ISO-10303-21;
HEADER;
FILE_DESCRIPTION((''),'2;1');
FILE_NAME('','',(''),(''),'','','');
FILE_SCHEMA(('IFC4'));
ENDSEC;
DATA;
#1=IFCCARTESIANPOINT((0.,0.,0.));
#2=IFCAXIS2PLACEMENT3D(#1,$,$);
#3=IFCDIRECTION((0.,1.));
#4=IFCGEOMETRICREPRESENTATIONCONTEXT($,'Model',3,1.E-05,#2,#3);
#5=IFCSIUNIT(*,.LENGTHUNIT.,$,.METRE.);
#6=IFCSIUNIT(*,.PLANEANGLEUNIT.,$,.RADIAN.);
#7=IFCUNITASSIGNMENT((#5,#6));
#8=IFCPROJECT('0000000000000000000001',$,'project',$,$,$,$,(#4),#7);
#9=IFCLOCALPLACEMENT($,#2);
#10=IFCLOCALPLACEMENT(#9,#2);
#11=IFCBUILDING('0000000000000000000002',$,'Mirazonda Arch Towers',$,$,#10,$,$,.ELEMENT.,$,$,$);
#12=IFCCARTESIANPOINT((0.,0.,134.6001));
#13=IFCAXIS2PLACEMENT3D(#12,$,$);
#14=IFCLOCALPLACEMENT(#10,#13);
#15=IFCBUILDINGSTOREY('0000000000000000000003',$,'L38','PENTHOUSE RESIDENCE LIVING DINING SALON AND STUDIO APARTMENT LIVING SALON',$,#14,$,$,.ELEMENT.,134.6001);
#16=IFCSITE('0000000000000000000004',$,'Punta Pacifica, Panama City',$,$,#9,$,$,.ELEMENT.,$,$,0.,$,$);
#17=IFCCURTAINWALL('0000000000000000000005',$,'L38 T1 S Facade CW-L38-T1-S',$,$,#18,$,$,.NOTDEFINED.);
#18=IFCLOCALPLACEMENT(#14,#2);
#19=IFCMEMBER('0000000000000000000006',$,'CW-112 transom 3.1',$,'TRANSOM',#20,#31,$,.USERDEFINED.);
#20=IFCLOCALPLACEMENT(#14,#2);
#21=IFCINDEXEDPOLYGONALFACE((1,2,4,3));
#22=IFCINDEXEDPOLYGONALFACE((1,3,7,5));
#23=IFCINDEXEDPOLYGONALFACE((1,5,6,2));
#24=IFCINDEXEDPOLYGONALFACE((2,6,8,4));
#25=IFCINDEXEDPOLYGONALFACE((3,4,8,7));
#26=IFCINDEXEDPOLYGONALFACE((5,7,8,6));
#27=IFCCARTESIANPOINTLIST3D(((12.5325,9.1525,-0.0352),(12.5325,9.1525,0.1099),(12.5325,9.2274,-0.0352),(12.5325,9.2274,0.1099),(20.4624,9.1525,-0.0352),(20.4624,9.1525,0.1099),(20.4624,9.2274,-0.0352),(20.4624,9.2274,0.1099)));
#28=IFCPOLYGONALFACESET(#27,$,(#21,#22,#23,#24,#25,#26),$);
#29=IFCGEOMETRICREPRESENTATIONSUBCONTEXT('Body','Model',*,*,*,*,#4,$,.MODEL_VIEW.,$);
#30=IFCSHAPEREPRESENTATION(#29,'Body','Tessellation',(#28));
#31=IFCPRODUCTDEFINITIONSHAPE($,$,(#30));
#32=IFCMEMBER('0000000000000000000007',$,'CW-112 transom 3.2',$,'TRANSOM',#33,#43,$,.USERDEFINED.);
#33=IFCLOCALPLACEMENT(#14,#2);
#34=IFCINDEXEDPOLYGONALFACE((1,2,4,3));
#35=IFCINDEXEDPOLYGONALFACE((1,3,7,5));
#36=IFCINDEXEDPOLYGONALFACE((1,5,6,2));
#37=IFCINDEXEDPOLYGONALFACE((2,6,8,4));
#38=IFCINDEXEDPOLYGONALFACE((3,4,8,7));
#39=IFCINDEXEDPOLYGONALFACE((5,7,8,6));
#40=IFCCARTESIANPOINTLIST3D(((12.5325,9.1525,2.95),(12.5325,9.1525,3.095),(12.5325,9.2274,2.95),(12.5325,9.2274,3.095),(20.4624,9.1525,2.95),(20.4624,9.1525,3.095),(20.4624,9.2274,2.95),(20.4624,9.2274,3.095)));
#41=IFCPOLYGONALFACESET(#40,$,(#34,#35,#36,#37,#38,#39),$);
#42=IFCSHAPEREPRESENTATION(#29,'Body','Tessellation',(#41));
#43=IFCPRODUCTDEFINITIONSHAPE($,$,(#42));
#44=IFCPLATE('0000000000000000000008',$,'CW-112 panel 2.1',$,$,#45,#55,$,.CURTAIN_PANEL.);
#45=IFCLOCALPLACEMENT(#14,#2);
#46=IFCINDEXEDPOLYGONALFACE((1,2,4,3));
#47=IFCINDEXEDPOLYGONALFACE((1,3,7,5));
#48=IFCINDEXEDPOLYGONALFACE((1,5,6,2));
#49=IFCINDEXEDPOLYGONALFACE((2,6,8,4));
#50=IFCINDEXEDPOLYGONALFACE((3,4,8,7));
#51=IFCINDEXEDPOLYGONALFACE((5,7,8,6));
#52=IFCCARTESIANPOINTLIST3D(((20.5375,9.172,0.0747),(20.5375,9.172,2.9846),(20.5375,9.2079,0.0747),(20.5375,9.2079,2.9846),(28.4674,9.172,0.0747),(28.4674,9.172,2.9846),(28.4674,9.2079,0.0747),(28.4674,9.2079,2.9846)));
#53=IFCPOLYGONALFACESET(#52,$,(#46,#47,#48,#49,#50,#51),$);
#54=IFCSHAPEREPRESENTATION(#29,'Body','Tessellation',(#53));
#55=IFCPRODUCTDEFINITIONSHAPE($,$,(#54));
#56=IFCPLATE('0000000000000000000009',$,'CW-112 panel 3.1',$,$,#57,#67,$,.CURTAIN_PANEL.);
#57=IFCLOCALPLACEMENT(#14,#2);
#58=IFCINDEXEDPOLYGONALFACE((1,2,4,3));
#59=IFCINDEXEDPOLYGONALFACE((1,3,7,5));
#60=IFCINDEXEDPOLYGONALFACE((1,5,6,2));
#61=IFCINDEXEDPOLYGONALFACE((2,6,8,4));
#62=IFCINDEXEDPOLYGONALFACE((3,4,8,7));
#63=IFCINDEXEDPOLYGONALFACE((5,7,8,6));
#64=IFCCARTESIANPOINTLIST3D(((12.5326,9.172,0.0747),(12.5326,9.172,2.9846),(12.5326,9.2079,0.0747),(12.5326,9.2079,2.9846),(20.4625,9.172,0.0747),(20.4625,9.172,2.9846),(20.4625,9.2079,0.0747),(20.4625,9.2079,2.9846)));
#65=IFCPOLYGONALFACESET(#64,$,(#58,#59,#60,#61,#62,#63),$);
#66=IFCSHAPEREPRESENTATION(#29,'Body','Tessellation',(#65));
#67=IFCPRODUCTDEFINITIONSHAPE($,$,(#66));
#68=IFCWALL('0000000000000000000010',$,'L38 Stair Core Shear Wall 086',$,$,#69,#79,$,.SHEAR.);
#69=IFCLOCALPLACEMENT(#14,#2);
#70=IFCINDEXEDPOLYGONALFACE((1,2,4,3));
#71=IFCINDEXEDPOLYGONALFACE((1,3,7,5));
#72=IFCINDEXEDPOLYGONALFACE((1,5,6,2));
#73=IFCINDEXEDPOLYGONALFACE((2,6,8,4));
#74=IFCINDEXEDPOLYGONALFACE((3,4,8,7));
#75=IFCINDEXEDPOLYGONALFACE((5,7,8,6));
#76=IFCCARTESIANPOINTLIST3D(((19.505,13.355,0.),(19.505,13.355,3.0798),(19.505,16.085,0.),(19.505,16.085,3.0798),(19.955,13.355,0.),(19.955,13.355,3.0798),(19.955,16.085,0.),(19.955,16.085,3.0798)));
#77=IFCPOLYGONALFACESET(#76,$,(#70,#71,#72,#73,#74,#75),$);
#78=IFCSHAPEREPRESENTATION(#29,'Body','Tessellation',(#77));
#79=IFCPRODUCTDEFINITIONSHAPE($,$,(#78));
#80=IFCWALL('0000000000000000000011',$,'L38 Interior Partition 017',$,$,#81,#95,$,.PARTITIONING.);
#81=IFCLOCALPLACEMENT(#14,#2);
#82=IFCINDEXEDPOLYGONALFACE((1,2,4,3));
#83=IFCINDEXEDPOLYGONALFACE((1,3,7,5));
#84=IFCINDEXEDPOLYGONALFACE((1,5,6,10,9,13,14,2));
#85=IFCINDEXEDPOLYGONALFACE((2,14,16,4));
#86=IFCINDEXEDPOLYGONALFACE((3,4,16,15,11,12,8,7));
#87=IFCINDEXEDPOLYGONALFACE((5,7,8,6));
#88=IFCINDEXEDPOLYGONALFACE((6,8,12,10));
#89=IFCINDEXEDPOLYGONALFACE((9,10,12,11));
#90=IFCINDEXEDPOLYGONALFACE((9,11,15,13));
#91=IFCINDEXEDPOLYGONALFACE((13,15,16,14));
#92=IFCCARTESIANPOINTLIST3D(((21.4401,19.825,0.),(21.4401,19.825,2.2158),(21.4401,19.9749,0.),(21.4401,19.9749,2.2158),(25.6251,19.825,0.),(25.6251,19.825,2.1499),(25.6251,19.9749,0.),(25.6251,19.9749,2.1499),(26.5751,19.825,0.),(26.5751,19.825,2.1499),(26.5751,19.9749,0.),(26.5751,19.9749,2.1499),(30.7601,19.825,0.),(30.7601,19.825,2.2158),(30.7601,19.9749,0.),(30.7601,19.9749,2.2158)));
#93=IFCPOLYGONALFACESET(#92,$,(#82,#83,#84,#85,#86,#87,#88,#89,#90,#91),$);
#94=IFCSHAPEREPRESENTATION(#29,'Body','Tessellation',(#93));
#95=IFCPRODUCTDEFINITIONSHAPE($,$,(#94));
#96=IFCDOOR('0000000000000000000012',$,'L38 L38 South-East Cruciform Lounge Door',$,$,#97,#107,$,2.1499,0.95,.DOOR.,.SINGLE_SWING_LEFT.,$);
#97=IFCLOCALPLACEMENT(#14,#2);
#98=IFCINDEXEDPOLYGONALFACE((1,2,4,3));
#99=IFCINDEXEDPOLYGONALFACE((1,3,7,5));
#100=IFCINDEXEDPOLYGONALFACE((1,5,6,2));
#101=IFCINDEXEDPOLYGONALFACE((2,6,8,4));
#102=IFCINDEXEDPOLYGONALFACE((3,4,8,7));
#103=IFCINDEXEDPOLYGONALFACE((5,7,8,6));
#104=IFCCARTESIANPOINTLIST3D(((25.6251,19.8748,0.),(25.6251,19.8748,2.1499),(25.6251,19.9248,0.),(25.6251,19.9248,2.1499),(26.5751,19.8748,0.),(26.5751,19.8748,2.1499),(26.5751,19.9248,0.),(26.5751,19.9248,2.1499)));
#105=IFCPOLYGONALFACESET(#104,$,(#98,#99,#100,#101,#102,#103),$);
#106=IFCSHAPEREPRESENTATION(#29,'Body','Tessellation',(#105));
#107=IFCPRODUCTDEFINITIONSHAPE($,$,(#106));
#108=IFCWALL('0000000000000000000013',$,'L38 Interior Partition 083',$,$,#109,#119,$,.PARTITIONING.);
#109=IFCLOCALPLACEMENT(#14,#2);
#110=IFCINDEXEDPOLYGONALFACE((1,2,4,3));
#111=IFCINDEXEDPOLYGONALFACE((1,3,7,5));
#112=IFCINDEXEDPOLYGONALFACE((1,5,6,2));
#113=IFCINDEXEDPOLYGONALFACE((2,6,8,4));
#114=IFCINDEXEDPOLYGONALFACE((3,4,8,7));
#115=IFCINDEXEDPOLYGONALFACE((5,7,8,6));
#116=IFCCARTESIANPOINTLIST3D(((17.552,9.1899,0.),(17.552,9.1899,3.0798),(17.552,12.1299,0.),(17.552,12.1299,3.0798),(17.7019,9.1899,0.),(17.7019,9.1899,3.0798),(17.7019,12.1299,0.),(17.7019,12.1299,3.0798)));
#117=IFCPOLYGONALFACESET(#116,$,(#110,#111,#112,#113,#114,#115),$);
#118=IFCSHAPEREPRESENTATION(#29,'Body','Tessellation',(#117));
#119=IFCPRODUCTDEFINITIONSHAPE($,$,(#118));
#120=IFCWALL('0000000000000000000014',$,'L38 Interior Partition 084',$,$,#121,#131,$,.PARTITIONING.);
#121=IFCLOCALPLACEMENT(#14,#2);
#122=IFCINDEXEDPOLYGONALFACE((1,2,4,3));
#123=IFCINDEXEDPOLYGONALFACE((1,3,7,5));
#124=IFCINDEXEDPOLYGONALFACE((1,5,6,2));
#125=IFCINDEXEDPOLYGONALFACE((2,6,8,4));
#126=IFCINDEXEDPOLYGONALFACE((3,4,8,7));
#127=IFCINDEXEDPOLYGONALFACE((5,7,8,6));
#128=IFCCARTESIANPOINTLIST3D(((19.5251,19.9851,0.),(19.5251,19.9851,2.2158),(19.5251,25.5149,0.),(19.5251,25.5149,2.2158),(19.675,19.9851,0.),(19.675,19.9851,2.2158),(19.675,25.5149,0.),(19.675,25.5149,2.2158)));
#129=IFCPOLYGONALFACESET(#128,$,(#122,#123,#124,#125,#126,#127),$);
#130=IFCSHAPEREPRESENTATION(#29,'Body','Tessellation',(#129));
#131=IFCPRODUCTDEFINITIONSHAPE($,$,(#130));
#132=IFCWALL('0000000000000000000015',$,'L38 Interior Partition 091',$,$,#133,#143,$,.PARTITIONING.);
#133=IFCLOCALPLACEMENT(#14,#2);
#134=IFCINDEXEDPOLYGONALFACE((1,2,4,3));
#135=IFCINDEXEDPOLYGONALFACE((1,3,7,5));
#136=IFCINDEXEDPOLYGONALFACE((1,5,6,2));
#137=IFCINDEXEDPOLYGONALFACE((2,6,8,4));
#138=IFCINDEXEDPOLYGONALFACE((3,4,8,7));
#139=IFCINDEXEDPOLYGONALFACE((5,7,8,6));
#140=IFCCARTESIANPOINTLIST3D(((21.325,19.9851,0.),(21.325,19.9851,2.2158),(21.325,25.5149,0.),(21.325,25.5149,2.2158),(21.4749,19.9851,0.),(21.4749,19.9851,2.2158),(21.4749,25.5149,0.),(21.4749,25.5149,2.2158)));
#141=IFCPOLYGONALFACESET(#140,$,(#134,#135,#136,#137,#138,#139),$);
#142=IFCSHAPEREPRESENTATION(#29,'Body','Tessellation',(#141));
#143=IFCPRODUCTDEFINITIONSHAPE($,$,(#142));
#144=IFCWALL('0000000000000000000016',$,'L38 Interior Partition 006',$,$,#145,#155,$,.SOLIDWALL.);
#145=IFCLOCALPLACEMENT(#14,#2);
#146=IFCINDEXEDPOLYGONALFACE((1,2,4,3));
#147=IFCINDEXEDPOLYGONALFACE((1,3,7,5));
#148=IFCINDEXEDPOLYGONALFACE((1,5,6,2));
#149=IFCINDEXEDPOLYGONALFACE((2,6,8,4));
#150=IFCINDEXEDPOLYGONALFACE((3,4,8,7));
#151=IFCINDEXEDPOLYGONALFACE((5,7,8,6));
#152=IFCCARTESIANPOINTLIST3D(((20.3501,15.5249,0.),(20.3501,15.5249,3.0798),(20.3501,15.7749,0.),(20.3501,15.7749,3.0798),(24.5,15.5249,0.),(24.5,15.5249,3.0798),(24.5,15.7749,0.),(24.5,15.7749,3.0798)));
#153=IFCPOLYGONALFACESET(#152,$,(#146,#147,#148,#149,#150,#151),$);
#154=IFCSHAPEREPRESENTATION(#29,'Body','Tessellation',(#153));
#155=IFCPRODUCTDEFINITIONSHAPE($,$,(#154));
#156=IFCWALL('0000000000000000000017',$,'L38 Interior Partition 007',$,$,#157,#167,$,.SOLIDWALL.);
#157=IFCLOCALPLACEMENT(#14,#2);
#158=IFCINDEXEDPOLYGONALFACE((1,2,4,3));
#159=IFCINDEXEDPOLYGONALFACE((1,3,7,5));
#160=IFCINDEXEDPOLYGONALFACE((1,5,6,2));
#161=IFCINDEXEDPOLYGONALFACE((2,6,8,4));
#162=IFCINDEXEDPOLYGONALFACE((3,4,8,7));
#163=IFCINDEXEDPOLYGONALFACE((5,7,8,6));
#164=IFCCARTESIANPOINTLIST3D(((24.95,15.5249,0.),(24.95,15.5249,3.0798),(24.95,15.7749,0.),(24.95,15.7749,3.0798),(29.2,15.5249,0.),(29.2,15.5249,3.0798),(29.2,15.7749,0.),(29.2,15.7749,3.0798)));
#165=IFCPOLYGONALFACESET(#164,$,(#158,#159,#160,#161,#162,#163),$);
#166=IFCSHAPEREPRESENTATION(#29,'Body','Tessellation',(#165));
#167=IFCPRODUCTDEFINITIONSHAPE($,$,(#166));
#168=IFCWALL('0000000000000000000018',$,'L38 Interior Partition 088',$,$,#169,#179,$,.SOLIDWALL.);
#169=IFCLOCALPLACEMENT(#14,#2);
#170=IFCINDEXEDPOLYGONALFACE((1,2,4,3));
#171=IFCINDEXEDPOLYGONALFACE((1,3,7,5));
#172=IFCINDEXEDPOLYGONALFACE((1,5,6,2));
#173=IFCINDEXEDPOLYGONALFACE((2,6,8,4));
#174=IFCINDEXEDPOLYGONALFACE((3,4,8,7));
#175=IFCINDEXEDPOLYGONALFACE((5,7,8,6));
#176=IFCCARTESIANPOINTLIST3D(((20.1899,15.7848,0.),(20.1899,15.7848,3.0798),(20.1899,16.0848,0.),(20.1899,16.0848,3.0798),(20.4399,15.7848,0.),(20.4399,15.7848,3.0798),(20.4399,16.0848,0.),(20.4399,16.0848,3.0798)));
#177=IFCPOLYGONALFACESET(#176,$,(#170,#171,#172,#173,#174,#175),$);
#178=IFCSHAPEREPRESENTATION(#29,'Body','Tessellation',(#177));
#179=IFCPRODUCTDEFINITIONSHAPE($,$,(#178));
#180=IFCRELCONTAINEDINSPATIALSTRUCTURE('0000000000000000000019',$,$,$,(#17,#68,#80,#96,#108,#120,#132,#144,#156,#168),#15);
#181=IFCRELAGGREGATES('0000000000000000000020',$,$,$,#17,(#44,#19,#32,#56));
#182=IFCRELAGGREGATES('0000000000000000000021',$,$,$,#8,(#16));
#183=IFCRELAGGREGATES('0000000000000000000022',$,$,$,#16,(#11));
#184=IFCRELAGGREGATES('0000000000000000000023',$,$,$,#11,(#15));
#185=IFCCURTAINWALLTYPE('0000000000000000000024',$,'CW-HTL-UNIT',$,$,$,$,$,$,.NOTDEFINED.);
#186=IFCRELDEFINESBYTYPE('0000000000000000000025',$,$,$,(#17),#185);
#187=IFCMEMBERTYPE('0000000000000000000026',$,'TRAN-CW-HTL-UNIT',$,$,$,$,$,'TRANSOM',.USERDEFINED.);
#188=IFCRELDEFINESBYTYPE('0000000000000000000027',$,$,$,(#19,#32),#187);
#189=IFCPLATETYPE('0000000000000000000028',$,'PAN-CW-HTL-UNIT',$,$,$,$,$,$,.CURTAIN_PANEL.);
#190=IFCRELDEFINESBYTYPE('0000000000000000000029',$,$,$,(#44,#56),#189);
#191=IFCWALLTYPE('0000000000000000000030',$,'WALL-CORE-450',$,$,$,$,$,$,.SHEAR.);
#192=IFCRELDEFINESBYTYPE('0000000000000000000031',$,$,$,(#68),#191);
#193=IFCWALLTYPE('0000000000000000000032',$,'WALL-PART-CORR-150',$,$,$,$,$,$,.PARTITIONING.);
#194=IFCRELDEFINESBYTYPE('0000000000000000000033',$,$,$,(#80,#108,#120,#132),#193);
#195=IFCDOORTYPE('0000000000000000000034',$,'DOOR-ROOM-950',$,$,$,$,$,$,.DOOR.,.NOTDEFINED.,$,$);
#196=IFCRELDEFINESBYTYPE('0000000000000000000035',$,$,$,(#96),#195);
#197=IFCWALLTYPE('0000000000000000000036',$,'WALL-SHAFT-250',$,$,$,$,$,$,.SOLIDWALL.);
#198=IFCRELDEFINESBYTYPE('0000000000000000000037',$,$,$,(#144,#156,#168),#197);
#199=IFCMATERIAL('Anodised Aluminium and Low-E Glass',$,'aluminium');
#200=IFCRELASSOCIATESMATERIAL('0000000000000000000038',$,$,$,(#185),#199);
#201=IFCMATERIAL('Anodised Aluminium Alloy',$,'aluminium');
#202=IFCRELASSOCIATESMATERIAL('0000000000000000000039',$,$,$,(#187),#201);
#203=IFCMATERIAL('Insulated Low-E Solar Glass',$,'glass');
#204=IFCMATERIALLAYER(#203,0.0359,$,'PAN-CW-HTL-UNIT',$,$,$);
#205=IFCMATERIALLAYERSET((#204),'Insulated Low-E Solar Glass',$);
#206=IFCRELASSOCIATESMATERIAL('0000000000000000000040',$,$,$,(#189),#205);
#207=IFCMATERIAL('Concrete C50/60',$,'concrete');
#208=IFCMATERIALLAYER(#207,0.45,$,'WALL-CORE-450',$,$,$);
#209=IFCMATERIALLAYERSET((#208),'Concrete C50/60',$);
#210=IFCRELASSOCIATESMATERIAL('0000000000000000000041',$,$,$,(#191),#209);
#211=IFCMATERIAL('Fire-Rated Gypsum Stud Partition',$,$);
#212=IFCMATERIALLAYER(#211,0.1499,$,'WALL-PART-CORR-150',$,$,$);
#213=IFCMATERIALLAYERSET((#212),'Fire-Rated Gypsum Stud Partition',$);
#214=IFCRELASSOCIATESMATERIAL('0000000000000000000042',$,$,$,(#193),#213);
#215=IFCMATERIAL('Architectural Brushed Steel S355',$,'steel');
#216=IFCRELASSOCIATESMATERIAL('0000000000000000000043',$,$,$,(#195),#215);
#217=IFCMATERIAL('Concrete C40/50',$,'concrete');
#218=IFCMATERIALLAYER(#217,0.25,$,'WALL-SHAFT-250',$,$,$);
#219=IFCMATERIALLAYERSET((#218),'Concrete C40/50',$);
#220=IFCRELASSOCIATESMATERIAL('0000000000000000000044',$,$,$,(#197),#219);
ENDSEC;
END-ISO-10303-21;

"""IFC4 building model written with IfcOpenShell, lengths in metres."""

from ifc_helpers import new_model, si_unit, direction, frame, frame_2d, origin, origin_2d, place, context, subcontext, project, spatial, rectangle, extrude, material, layer, layer_set, material_profile, profile_set, type_object, element, fill, aggregate, save


model = new_model("IFC4")

# Units and contexts
model_context = context("Model", 3, precision=1e-05, world=origin(), true_north=direction((0.0, 1.0)))
body_context = subcontext(model_context, "Body", "Model", "MODEL_VIEW")
ifc_project = project(units=[si_unit("LENGTHUNIT", "METRE"), si_unit("PLANEANGLEUNIT", "RADIAN")], contexts=[model_context])

# Site, building, storey
site_placement = place(None, origin())
site = spatial("IfcSite", under=ifc_project, at=site_placement, Name="Punta Pacifica, Panama City", CompositionType="ELEMENT", RefElevation=0.0)
building_placement = place(site_placement, origin())
building = spatial("IfcBuilding", under=site, at=building_placement, Name="Mirazonda Arch Towers", CompositionType="ELEMENT")
storey_placement = place(building_placement, frame((0.0, 0.0, 134.6001)))
storey = spatial("IfcBuildingStorey", under=building, at=storey_placement, Name="L38", Description="PENTHOUSE RESIDENCE LIVING DINING SALON AND STUDIO APARTMENT LIVING SALON", CompositionType="ELEMENT", Elevation=134.6001)

# Shared definitions
ifc_material_1 = material(Name="Concrete C50/60", Category="concrete")

# Curtain wall, members, plates
ifc_material_2 = material(Name="Anodised Aluminium and Low-E Glass", Category="aluminium")
curtain_wall_type = type_object("IfcCurtainWallType", Name="CW-HTL-UNIT", PredefinedType="NOTDEFINED", material=ifc_material_2)
curtain_wall_placement = place(storey_placement, origin())
curtain_wall = element("IfcCurtainWall", 1, at=curtain_wall_placement, inside=storey, type_object=curtain_wall_type, Name="L38 T1 S Facade CW-L38-T1-S", PredefinedType="NOTDEFINED")
ifc_material_3 = material(Name="Anodised Aluminium Alloy", Category="aluminium")
ifc_material_profile_1 = material_profile(ifc_material_3, rectangle(XDim=0.075, YDim=0.145, at=origin_2d()), Name="ALU-TRAN-75x145")
ifc_profile_set_1 = profile_set([ifc_material_profile_1], Name="Anodised Aluminium Alloy")
member_type_1 = type_object("IfcMemberType", Name="TRAN-CW-HTL-UNIT", ElementType="TRANSOM", PredefinedType="USERDEFINED", material=ifc_profile_set_1)
member_1_placement = place(storey_placement, frame((20.4624, 9.1899, 0.0374), z_axis=(-1.0, 0.0, 0.0), x_axis=(0.0, -1.0, 0.0)))
member_1 = element("IfcMember", 2, at=member_1_placement, type_object=member_type_1, Name="CW-112 transom 3.1", ObjectType="TRANSOM", PredefinedType="USERDEFINED", context=body_context, shape_type="SweptSolid", body=[
    extrude(rectangle(XDim=0.075, YDim=0.145, at=origin_2d()), origin(), (0.0, 0.0, 1.0), 7.9299),
])
member_2_placement = place(storey_placement, frame((20.4624, 9.1899, 3.0225), z_axis=(-1.0, 0.0, 0.0), x_axis=(0.0, -1.0, 0.0)))
member_2 = element("IfcMember", 3, at=member_2_placement, type_object=member_type_1, Name="CW-112 transom 3.2", ObjectType="TRANSOM", PredefinedType="USERDEFINED", context=body_context, shape_type="SweptSolid", body=[
    extrude(rectangle(XDim=0.075, YDim=0.145, at=origin_2d()), origin(), (0.0, 0.0, 1.0), 7.9299),
])
ifc_material_4 = material(Name="Insulated Low-E Solar Glass", Category="glass")
ifc_layer_1 = layer(ifc_material_4, 0.0359, Name="PAN-CW-HTL-UNIT")
ifc_layer_set_1 = layer_set([ifc_layer_1], Name="Insulated Low-E Solar Glass")
plate_type = type_object("IfcPlateType", Name="PAN-CW-HTL-UNIT", PredefinedType="CURTAIN_PANEL", material=ifc_layer_set_1)
plate_1_placement = place(storey_placement, frame((24.5024, 9.1899, 0.0747), z_axis=(0.0, 0.0, 1.0), x_axis=(-1.0, 0.0, 0.0)))
plate_1 = element("IfcPlate", 4, at=plate_1_placement, type_object=plate_type, Name="CW-112 panel 2.1", PredefinedType="CURTAIN_PANEL", context=body_context, shape_type="SweptSolid", body=[
    extrude(rectangle(XDim=7.9299, YDim=0.0359, at=origin_2d()), origin(), (0.0, 0.0, 1.0), 2.9099),
])
plate_2_placement = place(storey_placement, frame((16.4976, 9.1899, 0.0747), z_axis=(0.0, 0.0, 1.0), x_axis=(-1.0, 0.0, 0.0)))
plate_2 = element("IfcPlate", 5, at=plate_2_placement, type_object=plate_type, Name="CW-112 panel 3.1", PredefinedType="CURTAIN_PANEL", context=body_context, shape_type="SweptSolid", body=[
    extrude(rectangle(XDim=7.9299, YDim=0.0359, at=origin_2d()), origin(), (0.0, 0.0, 1.0), 2.9099),
])
aggregate(curtain_wall, [plate_1, member_1, member_2, plate_2])

# Wall
ifc_layer_2 = layer(ifc_material_1, 0.45, Name="WALL-CORE-450")
ifc_layer_set_2 = layer_set([ifc_layer_2], Name="Concrete C50/60")
wall_type_1 = type_object("IfcWallType", Name="WALL-CORE-450", PredefinedType="SHEAR", material=ifc_layer_set_2)
wall_1_placement = place(storey_placement, frame((19.73, 13.355, 0.0), z_axis=(0.0, 0.0, 1.0), x_axis=(0.0, 1.0, 0.0)))
element("IfcWall", 6, at=wall_1_placement, inside=storey, type_object=wall_type_1, Name="L38 Stair Core Shear Wall 086", PredefinedType="SHEAR", context=body_context, shape_type="SweptSolid", body=[
    extrude(rectangle(XDim=2.73, YDim=0.45, at=frame_2d((1.365, 0.0))), origin(), (0.0, 0.0, 1.0), 3.0798),
])

# Wall, opening, door
ifc_material_5 = material(Name="Fire-Rated Gypsum Stud Partition")
ifc_layer_3 = layer(ifc_material_5, 0.1499, Name="WALL-PART-CORR-150")
ifc_layer_set_3 = layer_set([ifc_layer_3], Name="Fire-Rated Gypsum Stud Partition")
wall_type_2 = type_object("IfcWallType", Name="WALL-PART-CORR-150", PredefinedType="PARTITIONING", material=ifc_layer_set_3)
wall_2_placement = place(storey_placement, frame((21.4399, 19.8999, 0.0), z_axis=(0.0, 0.0, 1.0), x_axis=(1.0, 0.0, 0.0)))
wall_2 = element("IfcWall", 7, at=wall_2_placement, inside=storey, type_object=wall_type_2, Name="L38 Interior Partition 017", PredefinedType="PARTITIONING", context=body_context, shape_type="SweptSolid", body=[
    extrude(rectangle(XDim=9.3201, YDim=0.1499, at=frame_2d((4.6602, 0.0))), origin(), (0.0, 0.0, 1.0), 2.2158),
])
opening_placement = place(wall_2_placement, frame((4.1851, 0.0, 0.0)))
opening = element("IfcOpeningElement", 8, at=opening_placement, cuts=wall_2, PredefinedType="OPENING", context=body_context, shape_type="SweptSolid", body=[
    extrude(rectangle(XDim=0.95, YDim=2.1499, at=frame_2d((0.4751, 1.075))), frame((0.0, 0.085, 0.0), z_axis=(0.0, -1.0, 0.0), x_axis=(1.0, 0.0, 0.0)), (0.0, 0.0, 1.0), 0.1699),
])
ifc_material_6 = material(Name="Architectural Brushed Steel S355", Category="steel")
door_type = type_object("IfcDoorType", Name="DOOR-ROOM-950", OperationType="NOTDEFINED", PredefinedType="DOOR", material=ifc_material_6)
door_placement = place(opening_placement, origin())
door = element("IfcDoor", 9, at=door_placement, inside=storey, type_object=door_type, Name="L38 L38 South-East Cruciform Lounge Door", OperationType="SINGLE_SWING_LEFT", OverallHeight=2.1499, OverallWidth=0.95, PredefinedType="DOOR", context=body_context, shape_type="SweptSolid", body=[
    extrude(rectangle(XDim=0.95, YDim=2.1499, at=frame_2d((0.4751, 1.075))), frame((0.0, 0.0249, 0.0), z_axis=(0.0, -1.0, 0.0), x_axis=(1.0, 0.0, 0.0)), (0.0, 0.0, 1.0), 0.05),
])
fill(opening, door)

# Walls
wall_3_placement = place(storey_placement, frame((17.627, 9.1899, 0.0), z_axis=(0.0, 0.0, 1.0), x_axis=(0.0, 1.0, 0.0)))
element("IfcWall", 10, at=wall_3_placement, inside=storey, type_object=wall_type_2, Name="L38 Interior Partition 083", PredefinedType="PARTITIONING", context=body_context, shape_type="SweptSolid", body=[
    extrude(rectangle(XDim=2.9399, YDim=0.1499, at=frame_2d((1.47, 0.0))), origin(), (0.0, 0.0, 1.0), 3.0798),
])
for number, where, z_axis, x_axis, name in (
    (11, (19.6001, 19.9851, 0.0), (0.0, 0.0, 1.0), (0.0, 1.0, 0.0), "L38 Interior Partition 084"),
    (12, (21.3999, 19.9851, 0.0), (0.0, 0.0, 1.0), (0.0, 1.0, 0.0), "L38 Interior Partition 091"),
):
    element("IfcWall", number, at=place(storey_placement, frame(where, z_axis=z_axis, x_axis=x_axis)), inside=storey, type_object=wall_type_2, Name=name, PredefinedType="PARTITIONING", context=body_context, shape_type="SweptSolid", body=[
        extrude(rectangle(XDim=5.5298, YDim=0.1499, at=frame_2d((2.7649, 0.0))), origin(), (0.0, 0.0, 1.0), 2.2158),
    ])
ifc_material_7 = material(Name="Concrete C40/50", Category="concrete")
ifc_layer_4 = layer(ifc_material_7, 0.25, Name="WALL-SHAFT-250")
ifc_layer_set_4 = layer_set([ifc_layer_4], Name="Concrete C40/50")
wall_type_3 = type_object("IfcWallType", Name="WALL-SHAFT-250", PredefinedType="SOLIDWALL", material=ifc_layer_set_4)
wall_4_placement = place(storey_placement, frame((20.3501, 15.6499, 0.0), z_axis=(0.0, 0.0, 1.0), x_axis=(1.0, 0.0, 0.0)))
element("IfcWall", 13, at=wall_4_placement, inside=storey, type_object=wall_type_3, Name="L38 Interior Partition 006", PredefinedType="SOLIDWALL", context=body_context, shape_type="SweptSolid", body=[
    extrude(rectangle(XDim=4.1499, YDim=0.25, at=frame_2d((2.075, 0.0))), origin(), (0.0, 0.0, 1.0), 3.0798),
])
wall_5_placement = place(storey_placement, frame((24.95, 15.6499, 0.0), z_axis=(0.0, 0.0, 1.0), x_axis=(1.0, 0.0, 0.0)))
element("IfcWall", 14, at=wall_5_placement, inside=storey, type_object=wall_type_3, Name="L38 Interior Partition 007", PredefinedType="SOLIDWALL", context=body_context, shape_type="SweptSolid", body=[
    extrude(rectangle(XDim=4.25, YDim=0.25, at=frame_2d((2.125, 0.0))), origin(), (0.0, 0.0, 1.0), 3.0798),
])
wall_6_placement = place(storey_placement, frame((20.3149, 15.7849, 0.0), z_axis=(0.0, 0.0, 1.0), x_axis=(0.0, 1.0, 0.0)))
element("IfcWall", 15, at=wall_6_placement, inside=storey, type_object=wall_type_3, Name="L38 Interior Partition 088", PredefinedType="SOLIDWALL", context=body_context, shape_type="SweptSolid", body=[
    extrude(rectangle(XDim=0.3, YDim=0.25, at=frame_2d((0.1499, 0.0))), origin(), (0.0, 0.0, 1.0), 3.0798),
])

save(model, "model.ifc")
